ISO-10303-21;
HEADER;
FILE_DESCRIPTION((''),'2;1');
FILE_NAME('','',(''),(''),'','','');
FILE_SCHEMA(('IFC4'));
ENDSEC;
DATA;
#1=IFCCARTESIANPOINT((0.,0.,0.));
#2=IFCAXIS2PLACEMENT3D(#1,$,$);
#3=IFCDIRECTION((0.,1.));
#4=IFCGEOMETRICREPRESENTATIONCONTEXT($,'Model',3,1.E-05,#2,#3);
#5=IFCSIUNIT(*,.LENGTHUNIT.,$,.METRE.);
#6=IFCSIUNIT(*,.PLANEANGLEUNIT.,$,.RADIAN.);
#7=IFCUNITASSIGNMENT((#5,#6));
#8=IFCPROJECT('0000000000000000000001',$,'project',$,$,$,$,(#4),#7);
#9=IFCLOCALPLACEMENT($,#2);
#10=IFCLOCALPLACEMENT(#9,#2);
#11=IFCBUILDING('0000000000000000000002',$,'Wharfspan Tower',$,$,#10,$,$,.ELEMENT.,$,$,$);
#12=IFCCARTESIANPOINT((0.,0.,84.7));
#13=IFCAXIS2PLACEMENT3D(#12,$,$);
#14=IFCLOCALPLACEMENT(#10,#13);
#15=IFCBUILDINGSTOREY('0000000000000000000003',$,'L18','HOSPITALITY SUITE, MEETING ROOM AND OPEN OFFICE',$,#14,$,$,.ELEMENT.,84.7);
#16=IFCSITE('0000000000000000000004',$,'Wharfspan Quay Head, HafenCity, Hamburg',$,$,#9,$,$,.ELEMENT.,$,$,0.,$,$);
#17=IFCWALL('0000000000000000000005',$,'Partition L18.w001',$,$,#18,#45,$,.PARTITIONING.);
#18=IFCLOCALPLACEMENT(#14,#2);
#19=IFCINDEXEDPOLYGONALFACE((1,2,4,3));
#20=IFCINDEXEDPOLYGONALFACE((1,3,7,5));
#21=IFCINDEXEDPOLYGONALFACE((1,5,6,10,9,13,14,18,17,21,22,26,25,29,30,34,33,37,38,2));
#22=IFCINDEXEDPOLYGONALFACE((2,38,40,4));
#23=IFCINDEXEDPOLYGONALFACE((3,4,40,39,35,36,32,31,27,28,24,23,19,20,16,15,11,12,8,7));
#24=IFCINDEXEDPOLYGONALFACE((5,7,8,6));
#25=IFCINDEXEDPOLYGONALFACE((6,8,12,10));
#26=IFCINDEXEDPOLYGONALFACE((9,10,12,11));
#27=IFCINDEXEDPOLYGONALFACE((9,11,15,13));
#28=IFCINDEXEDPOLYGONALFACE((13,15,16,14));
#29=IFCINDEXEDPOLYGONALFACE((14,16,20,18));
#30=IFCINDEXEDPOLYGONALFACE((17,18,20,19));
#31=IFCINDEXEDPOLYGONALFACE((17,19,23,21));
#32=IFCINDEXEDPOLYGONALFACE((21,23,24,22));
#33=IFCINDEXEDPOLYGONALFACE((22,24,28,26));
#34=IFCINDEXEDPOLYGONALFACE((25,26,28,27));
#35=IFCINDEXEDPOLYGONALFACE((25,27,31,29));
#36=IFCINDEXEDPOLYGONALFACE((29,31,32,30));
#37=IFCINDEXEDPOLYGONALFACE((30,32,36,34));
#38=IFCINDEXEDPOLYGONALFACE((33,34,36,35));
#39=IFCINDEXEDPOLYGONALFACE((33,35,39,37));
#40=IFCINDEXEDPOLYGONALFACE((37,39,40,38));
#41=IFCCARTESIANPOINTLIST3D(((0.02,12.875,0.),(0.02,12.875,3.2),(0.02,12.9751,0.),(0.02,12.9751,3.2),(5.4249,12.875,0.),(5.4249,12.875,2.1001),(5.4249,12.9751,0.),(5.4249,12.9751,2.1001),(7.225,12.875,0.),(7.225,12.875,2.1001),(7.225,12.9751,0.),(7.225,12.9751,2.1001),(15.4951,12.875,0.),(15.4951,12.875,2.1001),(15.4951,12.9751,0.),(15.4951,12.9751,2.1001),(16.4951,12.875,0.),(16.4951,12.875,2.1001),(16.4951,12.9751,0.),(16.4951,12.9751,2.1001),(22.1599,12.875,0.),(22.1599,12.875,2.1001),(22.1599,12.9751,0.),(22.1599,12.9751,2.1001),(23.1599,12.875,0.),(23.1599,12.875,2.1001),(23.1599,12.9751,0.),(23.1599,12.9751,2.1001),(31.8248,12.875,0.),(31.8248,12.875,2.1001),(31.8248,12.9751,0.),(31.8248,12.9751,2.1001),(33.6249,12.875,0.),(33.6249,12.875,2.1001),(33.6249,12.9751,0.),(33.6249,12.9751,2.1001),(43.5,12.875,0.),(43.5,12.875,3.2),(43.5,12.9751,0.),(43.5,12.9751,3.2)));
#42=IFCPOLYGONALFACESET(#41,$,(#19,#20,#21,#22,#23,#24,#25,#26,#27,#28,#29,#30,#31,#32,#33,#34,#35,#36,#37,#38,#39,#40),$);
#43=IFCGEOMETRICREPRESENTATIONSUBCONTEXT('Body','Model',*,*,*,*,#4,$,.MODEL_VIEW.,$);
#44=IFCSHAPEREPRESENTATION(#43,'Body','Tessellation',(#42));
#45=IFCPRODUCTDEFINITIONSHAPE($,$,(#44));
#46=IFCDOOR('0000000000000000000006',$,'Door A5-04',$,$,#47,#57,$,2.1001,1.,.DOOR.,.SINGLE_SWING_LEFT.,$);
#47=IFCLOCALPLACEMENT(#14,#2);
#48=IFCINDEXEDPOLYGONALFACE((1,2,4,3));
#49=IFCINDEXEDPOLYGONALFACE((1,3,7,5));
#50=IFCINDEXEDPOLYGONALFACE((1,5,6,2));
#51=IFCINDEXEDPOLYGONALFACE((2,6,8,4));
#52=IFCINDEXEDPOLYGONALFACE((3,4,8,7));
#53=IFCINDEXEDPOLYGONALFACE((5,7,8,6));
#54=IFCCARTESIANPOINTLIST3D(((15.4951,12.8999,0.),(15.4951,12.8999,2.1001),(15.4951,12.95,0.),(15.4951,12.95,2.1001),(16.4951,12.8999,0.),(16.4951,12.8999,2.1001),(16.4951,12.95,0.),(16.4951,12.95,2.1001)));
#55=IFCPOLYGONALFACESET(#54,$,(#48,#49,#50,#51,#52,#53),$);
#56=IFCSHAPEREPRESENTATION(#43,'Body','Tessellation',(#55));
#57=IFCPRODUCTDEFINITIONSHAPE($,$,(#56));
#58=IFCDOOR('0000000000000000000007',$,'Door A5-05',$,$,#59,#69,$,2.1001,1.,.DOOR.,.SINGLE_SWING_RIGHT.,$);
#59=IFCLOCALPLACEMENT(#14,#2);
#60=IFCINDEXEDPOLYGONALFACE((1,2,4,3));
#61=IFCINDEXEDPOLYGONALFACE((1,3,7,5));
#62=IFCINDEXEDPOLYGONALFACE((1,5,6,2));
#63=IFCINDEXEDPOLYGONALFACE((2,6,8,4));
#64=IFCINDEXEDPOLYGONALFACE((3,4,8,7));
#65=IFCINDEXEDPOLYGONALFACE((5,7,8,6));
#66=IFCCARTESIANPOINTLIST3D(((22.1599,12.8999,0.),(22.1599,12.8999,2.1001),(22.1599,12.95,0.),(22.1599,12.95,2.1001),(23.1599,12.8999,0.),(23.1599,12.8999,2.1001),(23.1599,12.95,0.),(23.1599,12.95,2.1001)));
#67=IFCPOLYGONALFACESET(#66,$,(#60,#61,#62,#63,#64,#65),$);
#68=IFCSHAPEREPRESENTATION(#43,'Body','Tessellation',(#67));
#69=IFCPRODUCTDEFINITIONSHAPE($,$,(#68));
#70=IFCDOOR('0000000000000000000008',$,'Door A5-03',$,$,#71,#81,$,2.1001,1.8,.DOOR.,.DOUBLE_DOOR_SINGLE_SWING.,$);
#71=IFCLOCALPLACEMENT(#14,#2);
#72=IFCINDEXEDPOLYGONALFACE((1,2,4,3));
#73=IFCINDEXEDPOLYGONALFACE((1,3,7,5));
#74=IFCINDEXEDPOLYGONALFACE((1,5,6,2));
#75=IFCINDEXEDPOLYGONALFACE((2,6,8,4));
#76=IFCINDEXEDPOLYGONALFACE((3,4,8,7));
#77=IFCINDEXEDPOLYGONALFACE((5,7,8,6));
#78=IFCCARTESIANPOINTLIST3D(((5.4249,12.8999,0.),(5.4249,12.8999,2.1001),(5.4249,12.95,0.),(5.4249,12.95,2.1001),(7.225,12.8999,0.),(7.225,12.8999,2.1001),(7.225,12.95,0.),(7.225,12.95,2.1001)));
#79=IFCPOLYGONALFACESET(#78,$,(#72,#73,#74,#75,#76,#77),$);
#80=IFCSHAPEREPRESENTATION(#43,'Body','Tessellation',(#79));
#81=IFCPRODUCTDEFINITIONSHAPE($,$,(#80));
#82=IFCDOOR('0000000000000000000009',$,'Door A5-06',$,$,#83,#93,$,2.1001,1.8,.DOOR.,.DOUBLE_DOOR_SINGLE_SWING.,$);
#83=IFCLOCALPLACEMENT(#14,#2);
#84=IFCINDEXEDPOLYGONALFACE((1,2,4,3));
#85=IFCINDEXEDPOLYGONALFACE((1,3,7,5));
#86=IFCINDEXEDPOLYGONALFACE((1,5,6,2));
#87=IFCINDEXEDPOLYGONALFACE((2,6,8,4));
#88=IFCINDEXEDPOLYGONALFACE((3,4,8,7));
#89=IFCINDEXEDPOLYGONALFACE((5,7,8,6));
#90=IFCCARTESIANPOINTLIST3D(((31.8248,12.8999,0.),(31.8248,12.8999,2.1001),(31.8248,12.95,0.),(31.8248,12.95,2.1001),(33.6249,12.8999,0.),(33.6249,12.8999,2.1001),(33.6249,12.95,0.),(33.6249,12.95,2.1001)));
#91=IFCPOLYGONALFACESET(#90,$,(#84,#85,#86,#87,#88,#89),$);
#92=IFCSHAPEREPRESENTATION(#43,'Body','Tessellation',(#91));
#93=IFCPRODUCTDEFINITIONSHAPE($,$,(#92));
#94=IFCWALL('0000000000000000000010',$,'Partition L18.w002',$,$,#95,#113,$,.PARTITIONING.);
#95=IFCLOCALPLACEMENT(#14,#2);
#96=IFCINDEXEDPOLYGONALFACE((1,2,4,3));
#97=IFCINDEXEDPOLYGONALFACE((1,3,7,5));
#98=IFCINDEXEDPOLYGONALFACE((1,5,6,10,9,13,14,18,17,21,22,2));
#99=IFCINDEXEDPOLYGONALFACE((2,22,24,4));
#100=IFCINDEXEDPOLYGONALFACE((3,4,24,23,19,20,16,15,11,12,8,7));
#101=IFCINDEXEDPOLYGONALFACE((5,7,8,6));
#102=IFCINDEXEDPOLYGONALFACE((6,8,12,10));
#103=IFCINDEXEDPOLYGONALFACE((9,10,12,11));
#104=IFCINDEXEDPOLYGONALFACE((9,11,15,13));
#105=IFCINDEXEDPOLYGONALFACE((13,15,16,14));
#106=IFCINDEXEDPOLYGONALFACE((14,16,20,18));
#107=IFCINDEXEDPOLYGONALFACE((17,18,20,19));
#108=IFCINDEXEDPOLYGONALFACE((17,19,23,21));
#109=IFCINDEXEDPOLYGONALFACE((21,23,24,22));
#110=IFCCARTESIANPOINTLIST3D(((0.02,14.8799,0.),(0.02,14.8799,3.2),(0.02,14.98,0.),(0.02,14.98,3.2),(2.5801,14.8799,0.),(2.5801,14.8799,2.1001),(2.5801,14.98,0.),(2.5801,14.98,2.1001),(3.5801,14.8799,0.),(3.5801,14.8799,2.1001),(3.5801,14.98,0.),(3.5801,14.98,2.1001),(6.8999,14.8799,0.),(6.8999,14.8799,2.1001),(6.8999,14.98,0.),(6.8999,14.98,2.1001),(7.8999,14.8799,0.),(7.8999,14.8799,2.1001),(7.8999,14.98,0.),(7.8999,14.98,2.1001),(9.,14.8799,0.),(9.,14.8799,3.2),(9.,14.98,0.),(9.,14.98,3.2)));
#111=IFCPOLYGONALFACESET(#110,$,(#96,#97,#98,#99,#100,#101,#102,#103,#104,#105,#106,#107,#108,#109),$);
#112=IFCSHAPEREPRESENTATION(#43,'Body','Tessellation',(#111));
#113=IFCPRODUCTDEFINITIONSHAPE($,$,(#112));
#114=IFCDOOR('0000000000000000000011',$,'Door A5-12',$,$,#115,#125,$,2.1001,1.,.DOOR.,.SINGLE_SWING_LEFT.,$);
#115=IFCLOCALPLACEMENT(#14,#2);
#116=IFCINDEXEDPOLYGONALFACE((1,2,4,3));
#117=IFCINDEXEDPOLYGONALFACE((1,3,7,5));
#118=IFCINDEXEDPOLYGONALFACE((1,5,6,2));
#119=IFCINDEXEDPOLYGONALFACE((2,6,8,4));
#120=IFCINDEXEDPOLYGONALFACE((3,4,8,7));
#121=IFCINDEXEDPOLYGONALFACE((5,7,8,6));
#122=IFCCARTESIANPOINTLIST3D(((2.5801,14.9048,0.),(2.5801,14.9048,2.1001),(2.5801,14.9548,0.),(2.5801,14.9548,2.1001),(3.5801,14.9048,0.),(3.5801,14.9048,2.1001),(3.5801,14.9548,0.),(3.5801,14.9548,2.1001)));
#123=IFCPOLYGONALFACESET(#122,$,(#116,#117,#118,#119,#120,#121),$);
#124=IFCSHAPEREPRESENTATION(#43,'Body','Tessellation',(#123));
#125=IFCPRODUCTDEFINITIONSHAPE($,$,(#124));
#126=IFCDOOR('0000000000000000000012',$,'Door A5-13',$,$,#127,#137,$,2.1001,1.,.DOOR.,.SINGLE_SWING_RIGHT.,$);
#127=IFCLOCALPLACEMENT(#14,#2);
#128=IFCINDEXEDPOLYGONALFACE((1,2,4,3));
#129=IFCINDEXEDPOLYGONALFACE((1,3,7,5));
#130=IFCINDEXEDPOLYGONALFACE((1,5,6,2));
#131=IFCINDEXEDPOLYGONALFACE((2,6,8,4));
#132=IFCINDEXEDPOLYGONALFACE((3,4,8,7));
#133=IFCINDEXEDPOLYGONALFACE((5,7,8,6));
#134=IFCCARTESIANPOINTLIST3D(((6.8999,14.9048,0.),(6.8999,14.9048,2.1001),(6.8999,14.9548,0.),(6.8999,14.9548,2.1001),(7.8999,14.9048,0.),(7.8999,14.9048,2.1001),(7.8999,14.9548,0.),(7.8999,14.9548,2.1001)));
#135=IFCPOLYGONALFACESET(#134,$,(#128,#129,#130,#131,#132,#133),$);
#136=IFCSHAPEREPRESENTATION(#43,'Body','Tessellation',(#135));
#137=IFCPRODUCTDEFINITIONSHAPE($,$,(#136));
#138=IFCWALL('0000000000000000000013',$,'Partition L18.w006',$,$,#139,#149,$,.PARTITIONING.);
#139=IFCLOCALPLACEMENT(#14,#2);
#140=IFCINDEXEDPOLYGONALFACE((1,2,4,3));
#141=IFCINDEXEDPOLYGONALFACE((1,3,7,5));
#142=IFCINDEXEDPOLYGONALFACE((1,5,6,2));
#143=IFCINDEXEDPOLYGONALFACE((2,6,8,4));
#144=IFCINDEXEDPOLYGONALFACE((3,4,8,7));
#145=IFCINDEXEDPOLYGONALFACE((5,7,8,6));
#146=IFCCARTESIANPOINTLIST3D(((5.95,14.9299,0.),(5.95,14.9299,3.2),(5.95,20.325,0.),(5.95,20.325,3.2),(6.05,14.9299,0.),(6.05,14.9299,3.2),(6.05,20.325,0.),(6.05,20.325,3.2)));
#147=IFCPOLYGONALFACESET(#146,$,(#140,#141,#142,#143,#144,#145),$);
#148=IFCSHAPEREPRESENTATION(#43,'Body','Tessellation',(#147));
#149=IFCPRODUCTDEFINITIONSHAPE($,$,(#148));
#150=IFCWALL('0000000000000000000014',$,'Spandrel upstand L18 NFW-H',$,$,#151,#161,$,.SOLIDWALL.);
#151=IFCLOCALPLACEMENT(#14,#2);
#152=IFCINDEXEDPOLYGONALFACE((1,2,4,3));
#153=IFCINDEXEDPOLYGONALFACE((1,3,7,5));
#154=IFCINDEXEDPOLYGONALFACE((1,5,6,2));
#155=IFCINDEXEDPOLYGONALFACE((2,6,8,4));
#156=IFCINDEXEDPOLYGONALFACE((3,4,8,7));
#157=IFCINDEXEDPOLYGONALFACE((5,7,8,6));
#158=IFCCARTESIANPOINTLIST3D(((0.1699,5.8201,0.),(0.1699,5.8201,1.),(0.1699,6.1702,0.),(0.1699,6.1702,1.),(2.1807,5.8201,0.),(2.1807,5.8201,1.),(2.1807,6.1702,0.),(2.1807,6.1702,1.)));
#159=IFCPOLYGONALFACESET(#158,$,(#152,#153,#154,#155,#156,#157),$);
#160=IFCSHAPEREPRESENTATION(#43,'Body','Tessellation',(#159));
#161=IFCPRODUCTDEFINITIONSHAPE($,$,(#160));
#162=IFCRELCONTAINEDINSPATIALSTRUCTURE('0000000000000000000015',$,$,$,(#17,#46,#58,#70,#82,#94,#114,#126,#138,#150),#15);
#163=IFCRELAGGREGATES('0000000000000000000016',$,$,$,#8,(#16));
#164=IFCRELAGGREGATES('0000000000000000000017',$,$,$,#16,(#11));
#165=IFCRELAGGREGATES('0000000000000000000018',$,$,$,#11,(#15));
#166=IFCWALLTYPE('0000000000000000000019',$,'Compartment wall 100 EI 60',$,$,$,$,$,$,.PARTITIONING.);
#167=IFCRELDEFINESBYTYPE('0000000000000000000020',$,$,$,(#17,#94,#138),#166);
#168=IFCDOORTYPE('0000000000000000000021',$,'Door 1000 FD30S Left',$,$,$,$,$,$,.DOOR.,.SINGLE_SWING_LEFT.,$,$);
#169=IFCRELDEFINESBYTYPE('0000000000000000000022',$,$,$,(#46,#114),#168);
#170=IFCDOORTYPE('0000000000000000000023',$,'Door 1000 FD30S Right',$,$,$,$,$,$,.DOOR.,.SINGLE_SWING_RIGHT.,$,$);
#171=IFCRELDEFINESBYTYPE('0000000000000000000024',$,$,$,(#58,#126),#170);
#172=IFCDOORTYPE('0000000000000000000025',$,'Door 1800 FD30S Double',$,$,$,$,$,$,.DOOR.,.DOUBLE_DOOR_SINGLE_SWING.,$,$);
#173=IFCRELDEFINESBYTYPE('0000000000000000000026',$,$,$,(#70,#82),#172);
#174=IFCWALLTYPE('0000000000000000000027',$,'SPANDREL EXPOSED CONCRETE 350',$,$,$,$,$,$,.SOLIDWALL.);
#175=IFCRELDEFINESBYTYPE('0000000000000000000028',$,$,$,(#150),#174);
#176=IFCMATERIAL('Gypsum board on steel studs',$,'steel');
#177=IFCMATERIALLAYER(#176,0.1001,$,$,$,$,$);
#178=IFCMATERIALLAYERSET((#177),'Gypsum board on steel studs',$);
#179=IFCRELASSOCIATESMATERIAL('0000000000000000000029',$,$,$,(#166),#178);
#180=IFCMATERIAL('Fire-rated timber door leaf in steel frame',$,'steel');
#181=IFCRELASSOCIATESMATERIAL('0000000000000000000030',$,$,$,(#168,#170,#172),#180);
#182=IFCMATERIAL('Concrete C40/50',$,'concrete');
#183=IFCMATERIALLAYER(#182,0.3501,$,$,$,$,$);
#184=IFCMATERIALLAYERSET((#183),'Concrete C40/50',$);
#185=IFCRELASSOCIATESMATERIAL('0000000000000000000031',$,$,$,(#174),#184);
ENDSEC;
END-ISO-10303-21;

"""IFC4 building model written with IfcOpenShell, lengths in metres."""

from ifc_helpers import new_model, si_unit, direction, frame, frame_2d, origin, place, context, subcontext, project, spatial, rectangle, extrude, material, layer, layer_set, type_object, element, fill, save


model = new_model("IFC4")

# Units and contexts
model_context = context("Model", 3, precision=1e-05, world=origin(), true_north=direction((0.0, 1.0)))
body_context = subcontext(model_context, "Body", "Model", "MODEL_VIEW")
ifc_project = project(units=[si_unit("LENGTHUNIT", "METRE"), si_unit("PLANEANGLEUNIT", "RADIAN")], contexts=[model_context])

# Site, building, storey
site_placement = place(None, origin())
site = spatial("IfcSite", under=ifc_project, at=site_placement, Name="Wharfspan Quay Head, HafenCity, Hamburg", CompositionType="ELEMENT", RefElevation=0.0)
building_placement = place(site_placement, origin())
building = spatial("IfcBuilding", under=site, at=building_placement, Name="Wharfspan Tower", CompositionType="ELEMENT")
storey_placement = place(building_placement, frame((0.0, 0.0, 84.7)))
storey = spatial("IfcBuildingStorey", under=building, at=storey_placement, Name="L18", Description="HOSPITALITY SUITE, MEETING ROOM AND OPEN OFFICE", CompositionType="ELEMENT", Elevation=84.7)

# Shared definitions
ifc_material_1 = material(Name="Concrete C40/50", Category="concrete")

# Walls, openings, doors
ifc_material_2 = material(Name="Gypsum board on steel studs", Category="steel")
ifc_layer_1 = layer(ifc_material_2, 0.1001)
ifc_layer_set_1 = layer_set([ifc_layer_1], Name="Gypsum board on steel studs")
wall_type_1 = type_object("IfcWallType", Name="Compartment wall 100 EI 60", PredefinedType="PARTITIONING", material=ifc_layer_set_1)
wall_1_placement = place(storey_placement, frame((0.02, 12.925, 0.0), z_axis=(0.0, 0.0, 1.0), x_axis=(1.0, 0.0, 0.0)))
wall_1 = element("IfcWall", 1, at=wall_1_placement, inside=storey, type_object=wall_type_1, Name="Partition L18.w001", PredefinedType="PARTITIONING", context=body_context, shape_type="SweptSolid", body=[
    extrude(rectangle(XDim=43.48, YDim=0.1001, at=frame_2d((21.74, 0.0))), origin(), (0.0, 0.0, 1.0), 3.2),
])
opening_1_placement = place(wall_1_placement, frame((5.405, 0.0, 0.0)))
opening_1 = element("IfcOpeningElement", 2, at=opening_1_placement, cuts=wall_1, PredefinedType="OPENING", context=body_context, shape_type="SweptSolid", body=[
    extrude(rectangle(XDim=1.8, YDim=2.1001, at=frame_2d((0.8999, 1.05))), frame((0.0, 0.0601, 0.0), z_axis=(0.0, -1.0, 0.0), x_axis=(1.0, 0.0, 0.0)), (0.0, 0.0, 1.0), 0.1201),
])
opening_2_placement = place(wall_1_placement, frame((15.4751, 0.0, 0.0)))
opening_2 = element("IfcOpeningElement", 3, at=opening_2_placement, cuts=wall_1, PredefinedType="OPENING", context=body_context, shape_type="SweptSolid", body=[
    extrude(rectangle(XDim=1.0, YDim=2.1001, at=frame_2d((0.5, 1.05))), frame((0.0, 0.0601, 0.0), z_axis=(0.0, -1.0, 0.0), x_axis=(1.0, 0.0, 0.0)), (0.0, 0.0, 1.0), 0.1201),
])
opening_3_placement = place(wall_1_placement, frame((22.1399, 0.0, 0.0)))
opening_3 = element("IfcOpeningElement", 4, at=opening_3_placement, cuts=wall_1, PredefinedType="OPENING", context=body_context, shape_type="SweptSolid", body=[
    extrude(rectangle(XDim=1.0, YDim=2.1001, at=frame_2d((0.5, 1.05))), frame((0.0, 0.0601, 0.0), z_axis=(0.0, -1.0, 0.0), x_axis=(1.0, 0.0, 0.0)), (0.0, 0.0, 1.0), 0.1201),
])
opening_4_placement = place(wall_1_placement, frame((31.8049, 0.0, 0.0)))
opening_4 = element("IfcOpeningElement", 5, at=opening_4_placement, cuts=wall_1, PredefinedType="OPENING", context=body_context, shape_type="SweptSolid", body=[
    extrude(rectangle(XDim=1.8, YDim=2.1001, at=frame_2d((0.8999, 1.05))), frame((0.0, 0.0601, 0.0), z_axis=(0.0, -1.0, 0.0), x_axis=(1.0, 0.0, 0.0)), (0.0, 0.0, 1.0), 0.1201),
])
ifc_material_3 = material(Name="Fire-rated timber door leaf in steel frame", Category="steel")
door_type_1 = type_object("IfcDoorType", Name="Door 1000 FD30S Left", OperationType="SINGLE_SWING_LEFT", PredefinedType="DOOR", material=ifc_material_3)
door_1_placement = place(opening_2_placement, origin())
door_1 = element("IfcDoor", 6, at=door_1_placement, inside=storey, type_object=door_type_1, Name="Door A5-04", OperationType="SINGLE_SWING_LEFT", OverallHeight=2.1001, OverallWidth=1.0, PredefinedType="DOOR", context=body_context, shape_type="SweptSolid", body=[
    extrude(rectangle(XDim=1.0, YDim=2.1001, at=frame_2d((0.5, 1.05))), frame((0.0, 0.0249, 0.0), z_axis=(0.0, -1.0, 0.0), x_axis=(1.0, 0.0, 0.0)), (0.0, 0.0, 1.0), 0.05),
])
fill(opening_2, door_1)
door_type_2 = type_object("IfcDoorType", Name="Door 1000 FD30S Right", OperationType="SINGLE_SWING_RIGHT", PredefinedType="DOOR", material=ifc_material_3)
door_2_placement = place(opening_3_placement, origin())
door_2 = element("IfcDoor", 7, at=door_2_placement, inside=storey, type_object=door_type_2, Name="Door A5-05", OperationType="SINGLE_SWING_RIGHT", OverallHeight=2.1001, OverallWidth=1.0, PredefinedType="DOOR", context=body_context, shape_type="SweptSolid", body=[
    extrude(rectangle(XDim=1.0, YDim=2.1001, at=frame_2d((0.5, 1.05))), frame((0.0, 0.0249, 0.0), z_axis=(0.0, -1.0, 0.0), x_axis=(1.0, 0.0, 0.0)), (0.0, 0.0, 1.0), 0.05),
])
fill(opening_3, door_2)
door_type_3 = type_object("IfcDoorType", Name="Door 1800 FD30S Double", OperationType="DOUBLE_DOOR_SINGLE_SWING", PredefinedType="DOOR", material=ifc_material_3)
door_3_placement = place(opening_1_placement, origin())
door_3 = element("IfcDoor", 8, at=door_3_placement, inside=storey, type_object=door_type_3, Name="Door A5-03", OperationType="DOUBLE_DOOR_SINGLE_SWING", OverallHeight=2.1001, OverallWidth=1.8, PredefinedType="DOOR", context=body_context, shape_type="SweptSolid", body=[
    extrude(rectangle(XDim=1.8, YDim=2.1001, at=frame_2d((0.8999, 1.05))), frame((0.0, 0.0249, 0.0), z_axis=(0.0, -1.0, 0.0), x_axis=(1.0, 0.0, 0.0)), (0.0, 0.0, 1.0), 0.05),
])
fill(opening_1, door_3)
door_4_placement = place(opening_4_placement, origin())
door_4 = element("IfcDoor", 9, at=door_4_placement, inside=storey, type_object=door_type_3, Name="Door A5-06", OperationType="DOUBLE_DOOR_SINGLE_SWING", OverallHeight=2.1001, OverallWidth=1.8, PredefinedType="DOOR", context=body_context, shape_type="SweptSolid", body=[
    extrude(rectangle(XDim=1.8, YDim=2.1001, at=frame_2d((0.8999, 1.05))), frame((0.0, 0.0249, 0.0), z_axis=(0.0, -1.0, 0.0), x_axis=(1.0, 0.0, 0.0)), (0.0, 0.0, 1.0), 0.05),
])
fill(opening_4, door_4)
wall_2_placement = place(storey_placement, frame((0.02, 14.9299, 0.0), z_axis=(0.0, 0.0, 1.0), x_axis=(1.0, 0.0, 0.0)))
wall_2 = element("IfcWall", 10, at=wall_2_placement, inside=storey, type_object=wall_type_1, Name="Partition L18.w002", PredefinedType="PARTITIONING", context=body_context, shape_type="SweptSolid", body=[
    extrude(rectangle(XDim=8.98, YDim=0.1001, at=frame_2d((4.49, 0.0))), origin(), (0.0, 0.0, 1.0), 3.2),
])
opening_5_placement = place(wall_2_placement, frame((2.5601, 0.0, 0.0)))
opening_5 = element("IfcOpeningElement", 11, at=opening_5_placement, cuts=wall_2, PredefinedType="OPENING", context=body_context, shape_type="SweptSolid", body=[
    extrude(rectangle(XDim=1.0, YDim=2.1001, at=frame_2d((0.5, 1.05))), frame((0.0, 0.0601, 0.0), z_axis=(0.0, -1.0, 0.0), x_axis=(1.0, 0.0, 0.0)), (0.0, 0.0, 1.0), 0.1201),
])
opening_6_placement = place(wall_2_placement, frame((6.8799, 0.0, 0.0)))
opening_6 = element("IfcOpeningElement", 12, at=opening_6_placement, cuts=wall_2, PredefinedType="OPENING", context=body_context, shape_type="SweptSolid", body=[
    extrude(rectangle(XDim=1.0, YDim=2.1001, at=frame_2d((0.5, 1.05))), frame((0.0, 0.0601, 0.0), z_axis=(0.0, -1.0, 0.0), x_axis=(1.0, 0.0, 0.0)), (0.0, 0.0, 1.0), 0.1201),
])
door_5_placement = place(opening_5_placement, origin())
door_5 = element("IfcDoor", 13, at=door_5_placement, inside=storey, type_object=door_type_1, Name="Door A5-12", OperationType="SINGLE_SWING_LEFT", OverallHeight=2.1001, OverallWidth=1.0, PredefinedType="DOOR", context=body_context, shape_type="SweptSolid", body=[
    extrude(rectangle(XDim=1.0, YDim=2.1001, at=frame_2d((0.5, 1.05))), frame((0.0, 0.0249, 0.0), z_axis=(0.0, -1.0, 0.0), x_axis=(1.0, 0.0, 0.0)), (0.0, 0.0, 1.0), 0.05),
])
fill(opening_5, door_5)
door_6_placement = place(opening_6_placement, origin())
door_6 = element("IfcDoor", 14, at=door_6_placement, inside=storey, type_object=door_type_2, Name="Door A5-13", OperationType="SINGLE_SWING_RIGHT", OverallHeight=2.1001, OverallWidth=1.0, PredefinedType="DOOR", context=body_context, shape_type="SweptSolid", body=[
    extrude(rectangle(XDim=1.0, YDim=2.1001, at=frame_2d((0.5, 1.05))), frame((0.0, 0.0249, 0.0), z_axis=(0.0, -1.0, 0.0), x_axis=(1.0, 0.0, 0.0)), (0.0, 0.0, 1.0), 0.05),
])
fill(opening_6, door_6)

# Walls
wall_3_placement = place(storey_placement, frame((6.0, 14.9299, 0.0), z_axis=(0.0, 0.0, 1.0), x_axis=(0.0, 1.0, 0.0)))
element("IfcWall", 15, at=wall_3_placement, inside=storey, type_object=wall_type_1, Name="Partition L18.w006", PredefinedType="PARTITIONING", context=body_context, shape_type="SweptSolid", body=[
    extrude(rectangle(XDim=5.395, YDim=0.1001, at=frame_2d((2.6975, 0.0))), origin(), (0.0, 0.0, 1.0), 3.2),
])
ifc_layer_2 = layer(ifc_material_1, 0.3501)
ifc_layer_set_2 = layer_set([ifc_layer_2], Name="Concrete C40/50")
wall_type_2 = type_object("IfcWallType", Name="SPANDREL EXPOSED CONCRETE 350", PredefinedType="SOLIDWALL", material=ifc_layer_set_2)
wall_4_placement = place(storey_placement, frame((0.1699, 5.9951, 0.0), z_axis=(0.0, 0.0, 1.0), x_axis=(1.0, 0.0, 0.0)))
element("IfcWall", 16, at=wall_4_placement, inside=storey, type_object=wall_type_2, Name="Spandrel upstand L18 NFW-H", PredefinedType="SOLIDWALL", context=body_context, shape_type="SweptSolid", body=[
    extrude(rectangle(XDim=2.0107, YDim=0.3501, at=frame_2d((1.0054, 0.0))), origin(), (0.0, 0.0, 1.0), 1.0),
])

save(model, "model.ifc")
